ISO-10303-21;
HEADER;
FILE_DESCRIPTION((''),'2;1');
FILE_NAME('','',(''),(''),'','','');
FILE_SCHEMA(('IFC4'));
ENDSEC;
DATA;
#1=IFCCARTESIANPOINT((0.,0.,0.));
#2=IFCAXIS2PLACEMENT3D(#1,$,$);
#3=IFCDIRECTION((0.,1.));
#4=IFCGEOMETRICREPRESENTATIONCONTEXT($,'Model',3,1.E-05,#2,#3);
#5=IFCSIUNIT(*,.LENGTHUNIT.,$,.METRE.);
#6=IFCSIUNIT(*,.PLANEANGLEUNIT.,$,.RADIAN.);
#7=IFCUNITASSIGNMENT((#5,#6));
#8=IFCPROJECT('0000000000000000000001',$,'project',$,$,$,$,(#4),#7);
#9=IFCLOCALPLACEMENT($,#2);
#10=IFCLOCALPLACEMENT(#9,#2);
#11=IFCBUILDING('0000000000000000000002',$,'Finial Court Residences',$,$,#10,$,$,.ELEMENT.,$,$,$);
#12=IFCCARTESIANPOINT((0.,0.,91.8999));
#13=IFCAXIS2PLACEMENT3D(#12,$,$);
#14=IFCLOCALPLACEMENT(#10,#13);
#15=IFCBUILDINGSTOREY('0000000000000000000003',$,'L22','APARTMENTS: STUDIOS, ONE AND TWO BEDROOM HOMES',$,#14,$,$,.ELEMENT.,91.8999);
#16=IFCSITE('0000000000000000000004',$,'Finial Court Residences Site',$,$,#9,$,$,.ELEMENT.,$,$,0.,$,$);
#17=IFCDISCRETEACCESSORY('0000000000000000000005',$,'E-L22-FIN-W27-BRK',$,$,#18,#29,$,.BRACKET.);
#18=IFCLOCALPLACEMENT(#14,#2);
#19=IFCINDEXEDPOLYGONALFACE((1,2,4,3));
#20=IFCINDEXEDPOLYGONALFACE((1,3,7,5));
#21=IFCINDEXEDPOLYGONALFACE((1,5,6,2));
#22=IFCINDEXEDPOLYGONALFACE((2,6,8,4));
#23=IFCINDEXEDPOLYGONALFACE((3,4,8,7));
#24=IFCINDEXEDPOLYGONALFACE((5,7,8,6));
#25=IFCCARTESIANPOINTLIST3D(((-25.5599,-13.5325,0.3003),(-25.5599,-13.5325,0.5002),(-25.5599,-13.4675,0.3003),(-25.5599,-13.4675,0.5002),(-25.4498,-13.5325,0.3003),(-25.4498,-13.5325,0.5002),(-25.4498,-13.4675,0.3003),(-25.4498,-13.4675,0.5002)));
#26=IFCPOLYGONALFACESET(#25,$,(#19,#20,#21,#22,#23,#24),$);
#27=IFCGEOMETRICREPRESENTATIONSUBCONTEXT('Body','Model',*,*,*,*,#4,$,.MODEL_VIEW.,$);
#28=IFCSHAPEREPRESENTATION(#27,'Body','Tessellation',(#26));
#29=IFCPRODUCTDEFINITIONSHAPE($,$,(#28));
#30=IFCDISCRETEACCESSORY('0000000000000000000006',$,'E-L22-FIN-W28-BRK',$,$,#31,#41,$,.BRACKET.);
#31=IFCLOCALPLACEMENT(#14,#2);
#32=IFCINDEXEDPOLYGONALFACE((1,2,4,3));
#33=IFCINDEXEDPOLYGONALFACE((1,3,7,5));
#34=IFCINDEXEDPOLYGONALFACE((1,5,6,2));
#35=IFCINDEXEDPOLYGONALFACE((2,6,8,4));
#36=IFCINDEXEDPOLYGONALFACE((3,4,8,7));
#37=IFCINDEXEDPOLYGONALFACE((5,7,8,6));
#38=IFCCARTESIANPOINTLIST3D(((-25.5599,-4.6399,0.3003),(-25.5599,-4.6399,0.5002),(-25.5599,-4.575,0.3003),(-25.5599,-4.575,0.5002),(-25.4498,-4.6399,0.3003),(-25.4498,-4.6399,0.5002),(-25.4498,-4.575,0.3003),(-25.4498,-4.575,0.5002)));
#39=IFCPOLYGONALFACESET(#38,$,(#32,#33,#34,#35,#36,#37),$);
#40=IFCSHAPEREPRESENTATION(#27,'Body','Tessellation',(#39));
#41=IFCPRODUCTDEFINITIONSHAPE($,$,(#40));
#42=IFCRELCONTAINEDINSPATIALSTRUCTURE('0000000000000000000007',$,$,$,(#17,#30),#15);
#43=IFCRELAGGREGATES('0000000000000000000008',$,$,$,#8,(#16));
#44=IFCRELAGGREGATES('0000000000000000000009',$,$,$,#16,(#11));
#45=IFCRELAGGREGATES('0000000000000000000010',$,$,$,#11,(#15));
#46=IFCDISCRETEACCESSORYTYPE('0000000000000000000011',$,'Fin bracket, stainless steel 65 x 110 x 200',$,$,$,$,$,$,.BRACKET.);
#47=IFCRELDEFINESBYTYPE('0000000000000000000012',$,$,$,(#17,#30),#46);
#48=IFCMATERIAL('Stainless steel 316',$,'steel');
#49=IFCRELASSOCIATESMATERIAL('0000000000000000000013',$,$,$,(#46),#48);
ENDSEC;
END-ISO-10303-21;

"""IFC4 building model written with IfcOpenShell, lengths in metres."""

from ifc_helpers import new_model, si_unit, direction, frame, origin, origin_2d, place, context, subcontext, project, spatial, rectangle, extrude, material, type_object, element, save


model = new_model("IFC4")

# Units and contexts
model_context = context("Model", 3, precision=1e-05, world=origin(), true_north=direction((0.0, 1.0)))
body_context = subcontext(model_context, "Body", "Model", "MODEL_VIEW")
ifc_project = project(units=[si_unit("LENGTHUNIT", "METRE"), si_unit("PLANEANGLEUNIT", "RADIAN")], contexts=[model_context])

# Site, building, storey
site_placement = place(None, origin())
site = spatial("IfcSite", under=ifc_project, at=site_placement, Name="Finial Court Residences Site", CompositionType="ELEMENT", RefElevation=0.0)
building_placement = place(site_placement, origin())
building = spatial("IfcBuilding", under=site, at=building_placement, Name="Finial Court Residences", CompositionType="ELEMENT")
storey_placement = place(building_placement, frame((0.0, 0.0, 91.8999)))
storey = spatial("IfcBuildingStorey", under=building, at=storey_placement, Name="L22", Description="APARTMENTS: STUDIOS, ONE AND TWO BEDROOM HOMES", CompositionType="ELEMENT", Elevation=91.8999)

# Discrete accessories
ifc_material_1 = material(Name="Stainless steel 316", Category="steel")
discrete_accessory_type = type_object("IfcDiscreteAccessoryType", Name="Fin bracket, stainless steel 65 x 110 x 200", PredefinedType="BRACKET", material=ifc_material_1)
for number, where, z_axis, x_axis, name in (
    (1, (-25.5049, -13.5, 0.3003), (0.0, 0.0, 1.0), (1.0, 0.0, 0.0), "E-L22-FIN-W27-BRK"),
    (2, (-25.5049, -4.6074, 0.3003), (0.0, 0.0, 1.0), (1.0, 0.0, 0.0), "E-L22-FIN-W28-BRK"),
):
    element("IfcDiscreteAccessory", number, at=place(storey_placement, frame(where, z_axis=z_axis, x_axis=x_axis)), inside=storey, type_object=discrete_accessory_type, Name=name, PredefinedType="BRACKET", context=body_context, shape_type="SweptSolid", body=[
        extrude(rectangle(XDim=0.1101, YDim=0.0649, at=origin_2d()), origin(), (0.0, 0.0, 1.0), 0.2),
    ])

save(model, "model.ifc")
